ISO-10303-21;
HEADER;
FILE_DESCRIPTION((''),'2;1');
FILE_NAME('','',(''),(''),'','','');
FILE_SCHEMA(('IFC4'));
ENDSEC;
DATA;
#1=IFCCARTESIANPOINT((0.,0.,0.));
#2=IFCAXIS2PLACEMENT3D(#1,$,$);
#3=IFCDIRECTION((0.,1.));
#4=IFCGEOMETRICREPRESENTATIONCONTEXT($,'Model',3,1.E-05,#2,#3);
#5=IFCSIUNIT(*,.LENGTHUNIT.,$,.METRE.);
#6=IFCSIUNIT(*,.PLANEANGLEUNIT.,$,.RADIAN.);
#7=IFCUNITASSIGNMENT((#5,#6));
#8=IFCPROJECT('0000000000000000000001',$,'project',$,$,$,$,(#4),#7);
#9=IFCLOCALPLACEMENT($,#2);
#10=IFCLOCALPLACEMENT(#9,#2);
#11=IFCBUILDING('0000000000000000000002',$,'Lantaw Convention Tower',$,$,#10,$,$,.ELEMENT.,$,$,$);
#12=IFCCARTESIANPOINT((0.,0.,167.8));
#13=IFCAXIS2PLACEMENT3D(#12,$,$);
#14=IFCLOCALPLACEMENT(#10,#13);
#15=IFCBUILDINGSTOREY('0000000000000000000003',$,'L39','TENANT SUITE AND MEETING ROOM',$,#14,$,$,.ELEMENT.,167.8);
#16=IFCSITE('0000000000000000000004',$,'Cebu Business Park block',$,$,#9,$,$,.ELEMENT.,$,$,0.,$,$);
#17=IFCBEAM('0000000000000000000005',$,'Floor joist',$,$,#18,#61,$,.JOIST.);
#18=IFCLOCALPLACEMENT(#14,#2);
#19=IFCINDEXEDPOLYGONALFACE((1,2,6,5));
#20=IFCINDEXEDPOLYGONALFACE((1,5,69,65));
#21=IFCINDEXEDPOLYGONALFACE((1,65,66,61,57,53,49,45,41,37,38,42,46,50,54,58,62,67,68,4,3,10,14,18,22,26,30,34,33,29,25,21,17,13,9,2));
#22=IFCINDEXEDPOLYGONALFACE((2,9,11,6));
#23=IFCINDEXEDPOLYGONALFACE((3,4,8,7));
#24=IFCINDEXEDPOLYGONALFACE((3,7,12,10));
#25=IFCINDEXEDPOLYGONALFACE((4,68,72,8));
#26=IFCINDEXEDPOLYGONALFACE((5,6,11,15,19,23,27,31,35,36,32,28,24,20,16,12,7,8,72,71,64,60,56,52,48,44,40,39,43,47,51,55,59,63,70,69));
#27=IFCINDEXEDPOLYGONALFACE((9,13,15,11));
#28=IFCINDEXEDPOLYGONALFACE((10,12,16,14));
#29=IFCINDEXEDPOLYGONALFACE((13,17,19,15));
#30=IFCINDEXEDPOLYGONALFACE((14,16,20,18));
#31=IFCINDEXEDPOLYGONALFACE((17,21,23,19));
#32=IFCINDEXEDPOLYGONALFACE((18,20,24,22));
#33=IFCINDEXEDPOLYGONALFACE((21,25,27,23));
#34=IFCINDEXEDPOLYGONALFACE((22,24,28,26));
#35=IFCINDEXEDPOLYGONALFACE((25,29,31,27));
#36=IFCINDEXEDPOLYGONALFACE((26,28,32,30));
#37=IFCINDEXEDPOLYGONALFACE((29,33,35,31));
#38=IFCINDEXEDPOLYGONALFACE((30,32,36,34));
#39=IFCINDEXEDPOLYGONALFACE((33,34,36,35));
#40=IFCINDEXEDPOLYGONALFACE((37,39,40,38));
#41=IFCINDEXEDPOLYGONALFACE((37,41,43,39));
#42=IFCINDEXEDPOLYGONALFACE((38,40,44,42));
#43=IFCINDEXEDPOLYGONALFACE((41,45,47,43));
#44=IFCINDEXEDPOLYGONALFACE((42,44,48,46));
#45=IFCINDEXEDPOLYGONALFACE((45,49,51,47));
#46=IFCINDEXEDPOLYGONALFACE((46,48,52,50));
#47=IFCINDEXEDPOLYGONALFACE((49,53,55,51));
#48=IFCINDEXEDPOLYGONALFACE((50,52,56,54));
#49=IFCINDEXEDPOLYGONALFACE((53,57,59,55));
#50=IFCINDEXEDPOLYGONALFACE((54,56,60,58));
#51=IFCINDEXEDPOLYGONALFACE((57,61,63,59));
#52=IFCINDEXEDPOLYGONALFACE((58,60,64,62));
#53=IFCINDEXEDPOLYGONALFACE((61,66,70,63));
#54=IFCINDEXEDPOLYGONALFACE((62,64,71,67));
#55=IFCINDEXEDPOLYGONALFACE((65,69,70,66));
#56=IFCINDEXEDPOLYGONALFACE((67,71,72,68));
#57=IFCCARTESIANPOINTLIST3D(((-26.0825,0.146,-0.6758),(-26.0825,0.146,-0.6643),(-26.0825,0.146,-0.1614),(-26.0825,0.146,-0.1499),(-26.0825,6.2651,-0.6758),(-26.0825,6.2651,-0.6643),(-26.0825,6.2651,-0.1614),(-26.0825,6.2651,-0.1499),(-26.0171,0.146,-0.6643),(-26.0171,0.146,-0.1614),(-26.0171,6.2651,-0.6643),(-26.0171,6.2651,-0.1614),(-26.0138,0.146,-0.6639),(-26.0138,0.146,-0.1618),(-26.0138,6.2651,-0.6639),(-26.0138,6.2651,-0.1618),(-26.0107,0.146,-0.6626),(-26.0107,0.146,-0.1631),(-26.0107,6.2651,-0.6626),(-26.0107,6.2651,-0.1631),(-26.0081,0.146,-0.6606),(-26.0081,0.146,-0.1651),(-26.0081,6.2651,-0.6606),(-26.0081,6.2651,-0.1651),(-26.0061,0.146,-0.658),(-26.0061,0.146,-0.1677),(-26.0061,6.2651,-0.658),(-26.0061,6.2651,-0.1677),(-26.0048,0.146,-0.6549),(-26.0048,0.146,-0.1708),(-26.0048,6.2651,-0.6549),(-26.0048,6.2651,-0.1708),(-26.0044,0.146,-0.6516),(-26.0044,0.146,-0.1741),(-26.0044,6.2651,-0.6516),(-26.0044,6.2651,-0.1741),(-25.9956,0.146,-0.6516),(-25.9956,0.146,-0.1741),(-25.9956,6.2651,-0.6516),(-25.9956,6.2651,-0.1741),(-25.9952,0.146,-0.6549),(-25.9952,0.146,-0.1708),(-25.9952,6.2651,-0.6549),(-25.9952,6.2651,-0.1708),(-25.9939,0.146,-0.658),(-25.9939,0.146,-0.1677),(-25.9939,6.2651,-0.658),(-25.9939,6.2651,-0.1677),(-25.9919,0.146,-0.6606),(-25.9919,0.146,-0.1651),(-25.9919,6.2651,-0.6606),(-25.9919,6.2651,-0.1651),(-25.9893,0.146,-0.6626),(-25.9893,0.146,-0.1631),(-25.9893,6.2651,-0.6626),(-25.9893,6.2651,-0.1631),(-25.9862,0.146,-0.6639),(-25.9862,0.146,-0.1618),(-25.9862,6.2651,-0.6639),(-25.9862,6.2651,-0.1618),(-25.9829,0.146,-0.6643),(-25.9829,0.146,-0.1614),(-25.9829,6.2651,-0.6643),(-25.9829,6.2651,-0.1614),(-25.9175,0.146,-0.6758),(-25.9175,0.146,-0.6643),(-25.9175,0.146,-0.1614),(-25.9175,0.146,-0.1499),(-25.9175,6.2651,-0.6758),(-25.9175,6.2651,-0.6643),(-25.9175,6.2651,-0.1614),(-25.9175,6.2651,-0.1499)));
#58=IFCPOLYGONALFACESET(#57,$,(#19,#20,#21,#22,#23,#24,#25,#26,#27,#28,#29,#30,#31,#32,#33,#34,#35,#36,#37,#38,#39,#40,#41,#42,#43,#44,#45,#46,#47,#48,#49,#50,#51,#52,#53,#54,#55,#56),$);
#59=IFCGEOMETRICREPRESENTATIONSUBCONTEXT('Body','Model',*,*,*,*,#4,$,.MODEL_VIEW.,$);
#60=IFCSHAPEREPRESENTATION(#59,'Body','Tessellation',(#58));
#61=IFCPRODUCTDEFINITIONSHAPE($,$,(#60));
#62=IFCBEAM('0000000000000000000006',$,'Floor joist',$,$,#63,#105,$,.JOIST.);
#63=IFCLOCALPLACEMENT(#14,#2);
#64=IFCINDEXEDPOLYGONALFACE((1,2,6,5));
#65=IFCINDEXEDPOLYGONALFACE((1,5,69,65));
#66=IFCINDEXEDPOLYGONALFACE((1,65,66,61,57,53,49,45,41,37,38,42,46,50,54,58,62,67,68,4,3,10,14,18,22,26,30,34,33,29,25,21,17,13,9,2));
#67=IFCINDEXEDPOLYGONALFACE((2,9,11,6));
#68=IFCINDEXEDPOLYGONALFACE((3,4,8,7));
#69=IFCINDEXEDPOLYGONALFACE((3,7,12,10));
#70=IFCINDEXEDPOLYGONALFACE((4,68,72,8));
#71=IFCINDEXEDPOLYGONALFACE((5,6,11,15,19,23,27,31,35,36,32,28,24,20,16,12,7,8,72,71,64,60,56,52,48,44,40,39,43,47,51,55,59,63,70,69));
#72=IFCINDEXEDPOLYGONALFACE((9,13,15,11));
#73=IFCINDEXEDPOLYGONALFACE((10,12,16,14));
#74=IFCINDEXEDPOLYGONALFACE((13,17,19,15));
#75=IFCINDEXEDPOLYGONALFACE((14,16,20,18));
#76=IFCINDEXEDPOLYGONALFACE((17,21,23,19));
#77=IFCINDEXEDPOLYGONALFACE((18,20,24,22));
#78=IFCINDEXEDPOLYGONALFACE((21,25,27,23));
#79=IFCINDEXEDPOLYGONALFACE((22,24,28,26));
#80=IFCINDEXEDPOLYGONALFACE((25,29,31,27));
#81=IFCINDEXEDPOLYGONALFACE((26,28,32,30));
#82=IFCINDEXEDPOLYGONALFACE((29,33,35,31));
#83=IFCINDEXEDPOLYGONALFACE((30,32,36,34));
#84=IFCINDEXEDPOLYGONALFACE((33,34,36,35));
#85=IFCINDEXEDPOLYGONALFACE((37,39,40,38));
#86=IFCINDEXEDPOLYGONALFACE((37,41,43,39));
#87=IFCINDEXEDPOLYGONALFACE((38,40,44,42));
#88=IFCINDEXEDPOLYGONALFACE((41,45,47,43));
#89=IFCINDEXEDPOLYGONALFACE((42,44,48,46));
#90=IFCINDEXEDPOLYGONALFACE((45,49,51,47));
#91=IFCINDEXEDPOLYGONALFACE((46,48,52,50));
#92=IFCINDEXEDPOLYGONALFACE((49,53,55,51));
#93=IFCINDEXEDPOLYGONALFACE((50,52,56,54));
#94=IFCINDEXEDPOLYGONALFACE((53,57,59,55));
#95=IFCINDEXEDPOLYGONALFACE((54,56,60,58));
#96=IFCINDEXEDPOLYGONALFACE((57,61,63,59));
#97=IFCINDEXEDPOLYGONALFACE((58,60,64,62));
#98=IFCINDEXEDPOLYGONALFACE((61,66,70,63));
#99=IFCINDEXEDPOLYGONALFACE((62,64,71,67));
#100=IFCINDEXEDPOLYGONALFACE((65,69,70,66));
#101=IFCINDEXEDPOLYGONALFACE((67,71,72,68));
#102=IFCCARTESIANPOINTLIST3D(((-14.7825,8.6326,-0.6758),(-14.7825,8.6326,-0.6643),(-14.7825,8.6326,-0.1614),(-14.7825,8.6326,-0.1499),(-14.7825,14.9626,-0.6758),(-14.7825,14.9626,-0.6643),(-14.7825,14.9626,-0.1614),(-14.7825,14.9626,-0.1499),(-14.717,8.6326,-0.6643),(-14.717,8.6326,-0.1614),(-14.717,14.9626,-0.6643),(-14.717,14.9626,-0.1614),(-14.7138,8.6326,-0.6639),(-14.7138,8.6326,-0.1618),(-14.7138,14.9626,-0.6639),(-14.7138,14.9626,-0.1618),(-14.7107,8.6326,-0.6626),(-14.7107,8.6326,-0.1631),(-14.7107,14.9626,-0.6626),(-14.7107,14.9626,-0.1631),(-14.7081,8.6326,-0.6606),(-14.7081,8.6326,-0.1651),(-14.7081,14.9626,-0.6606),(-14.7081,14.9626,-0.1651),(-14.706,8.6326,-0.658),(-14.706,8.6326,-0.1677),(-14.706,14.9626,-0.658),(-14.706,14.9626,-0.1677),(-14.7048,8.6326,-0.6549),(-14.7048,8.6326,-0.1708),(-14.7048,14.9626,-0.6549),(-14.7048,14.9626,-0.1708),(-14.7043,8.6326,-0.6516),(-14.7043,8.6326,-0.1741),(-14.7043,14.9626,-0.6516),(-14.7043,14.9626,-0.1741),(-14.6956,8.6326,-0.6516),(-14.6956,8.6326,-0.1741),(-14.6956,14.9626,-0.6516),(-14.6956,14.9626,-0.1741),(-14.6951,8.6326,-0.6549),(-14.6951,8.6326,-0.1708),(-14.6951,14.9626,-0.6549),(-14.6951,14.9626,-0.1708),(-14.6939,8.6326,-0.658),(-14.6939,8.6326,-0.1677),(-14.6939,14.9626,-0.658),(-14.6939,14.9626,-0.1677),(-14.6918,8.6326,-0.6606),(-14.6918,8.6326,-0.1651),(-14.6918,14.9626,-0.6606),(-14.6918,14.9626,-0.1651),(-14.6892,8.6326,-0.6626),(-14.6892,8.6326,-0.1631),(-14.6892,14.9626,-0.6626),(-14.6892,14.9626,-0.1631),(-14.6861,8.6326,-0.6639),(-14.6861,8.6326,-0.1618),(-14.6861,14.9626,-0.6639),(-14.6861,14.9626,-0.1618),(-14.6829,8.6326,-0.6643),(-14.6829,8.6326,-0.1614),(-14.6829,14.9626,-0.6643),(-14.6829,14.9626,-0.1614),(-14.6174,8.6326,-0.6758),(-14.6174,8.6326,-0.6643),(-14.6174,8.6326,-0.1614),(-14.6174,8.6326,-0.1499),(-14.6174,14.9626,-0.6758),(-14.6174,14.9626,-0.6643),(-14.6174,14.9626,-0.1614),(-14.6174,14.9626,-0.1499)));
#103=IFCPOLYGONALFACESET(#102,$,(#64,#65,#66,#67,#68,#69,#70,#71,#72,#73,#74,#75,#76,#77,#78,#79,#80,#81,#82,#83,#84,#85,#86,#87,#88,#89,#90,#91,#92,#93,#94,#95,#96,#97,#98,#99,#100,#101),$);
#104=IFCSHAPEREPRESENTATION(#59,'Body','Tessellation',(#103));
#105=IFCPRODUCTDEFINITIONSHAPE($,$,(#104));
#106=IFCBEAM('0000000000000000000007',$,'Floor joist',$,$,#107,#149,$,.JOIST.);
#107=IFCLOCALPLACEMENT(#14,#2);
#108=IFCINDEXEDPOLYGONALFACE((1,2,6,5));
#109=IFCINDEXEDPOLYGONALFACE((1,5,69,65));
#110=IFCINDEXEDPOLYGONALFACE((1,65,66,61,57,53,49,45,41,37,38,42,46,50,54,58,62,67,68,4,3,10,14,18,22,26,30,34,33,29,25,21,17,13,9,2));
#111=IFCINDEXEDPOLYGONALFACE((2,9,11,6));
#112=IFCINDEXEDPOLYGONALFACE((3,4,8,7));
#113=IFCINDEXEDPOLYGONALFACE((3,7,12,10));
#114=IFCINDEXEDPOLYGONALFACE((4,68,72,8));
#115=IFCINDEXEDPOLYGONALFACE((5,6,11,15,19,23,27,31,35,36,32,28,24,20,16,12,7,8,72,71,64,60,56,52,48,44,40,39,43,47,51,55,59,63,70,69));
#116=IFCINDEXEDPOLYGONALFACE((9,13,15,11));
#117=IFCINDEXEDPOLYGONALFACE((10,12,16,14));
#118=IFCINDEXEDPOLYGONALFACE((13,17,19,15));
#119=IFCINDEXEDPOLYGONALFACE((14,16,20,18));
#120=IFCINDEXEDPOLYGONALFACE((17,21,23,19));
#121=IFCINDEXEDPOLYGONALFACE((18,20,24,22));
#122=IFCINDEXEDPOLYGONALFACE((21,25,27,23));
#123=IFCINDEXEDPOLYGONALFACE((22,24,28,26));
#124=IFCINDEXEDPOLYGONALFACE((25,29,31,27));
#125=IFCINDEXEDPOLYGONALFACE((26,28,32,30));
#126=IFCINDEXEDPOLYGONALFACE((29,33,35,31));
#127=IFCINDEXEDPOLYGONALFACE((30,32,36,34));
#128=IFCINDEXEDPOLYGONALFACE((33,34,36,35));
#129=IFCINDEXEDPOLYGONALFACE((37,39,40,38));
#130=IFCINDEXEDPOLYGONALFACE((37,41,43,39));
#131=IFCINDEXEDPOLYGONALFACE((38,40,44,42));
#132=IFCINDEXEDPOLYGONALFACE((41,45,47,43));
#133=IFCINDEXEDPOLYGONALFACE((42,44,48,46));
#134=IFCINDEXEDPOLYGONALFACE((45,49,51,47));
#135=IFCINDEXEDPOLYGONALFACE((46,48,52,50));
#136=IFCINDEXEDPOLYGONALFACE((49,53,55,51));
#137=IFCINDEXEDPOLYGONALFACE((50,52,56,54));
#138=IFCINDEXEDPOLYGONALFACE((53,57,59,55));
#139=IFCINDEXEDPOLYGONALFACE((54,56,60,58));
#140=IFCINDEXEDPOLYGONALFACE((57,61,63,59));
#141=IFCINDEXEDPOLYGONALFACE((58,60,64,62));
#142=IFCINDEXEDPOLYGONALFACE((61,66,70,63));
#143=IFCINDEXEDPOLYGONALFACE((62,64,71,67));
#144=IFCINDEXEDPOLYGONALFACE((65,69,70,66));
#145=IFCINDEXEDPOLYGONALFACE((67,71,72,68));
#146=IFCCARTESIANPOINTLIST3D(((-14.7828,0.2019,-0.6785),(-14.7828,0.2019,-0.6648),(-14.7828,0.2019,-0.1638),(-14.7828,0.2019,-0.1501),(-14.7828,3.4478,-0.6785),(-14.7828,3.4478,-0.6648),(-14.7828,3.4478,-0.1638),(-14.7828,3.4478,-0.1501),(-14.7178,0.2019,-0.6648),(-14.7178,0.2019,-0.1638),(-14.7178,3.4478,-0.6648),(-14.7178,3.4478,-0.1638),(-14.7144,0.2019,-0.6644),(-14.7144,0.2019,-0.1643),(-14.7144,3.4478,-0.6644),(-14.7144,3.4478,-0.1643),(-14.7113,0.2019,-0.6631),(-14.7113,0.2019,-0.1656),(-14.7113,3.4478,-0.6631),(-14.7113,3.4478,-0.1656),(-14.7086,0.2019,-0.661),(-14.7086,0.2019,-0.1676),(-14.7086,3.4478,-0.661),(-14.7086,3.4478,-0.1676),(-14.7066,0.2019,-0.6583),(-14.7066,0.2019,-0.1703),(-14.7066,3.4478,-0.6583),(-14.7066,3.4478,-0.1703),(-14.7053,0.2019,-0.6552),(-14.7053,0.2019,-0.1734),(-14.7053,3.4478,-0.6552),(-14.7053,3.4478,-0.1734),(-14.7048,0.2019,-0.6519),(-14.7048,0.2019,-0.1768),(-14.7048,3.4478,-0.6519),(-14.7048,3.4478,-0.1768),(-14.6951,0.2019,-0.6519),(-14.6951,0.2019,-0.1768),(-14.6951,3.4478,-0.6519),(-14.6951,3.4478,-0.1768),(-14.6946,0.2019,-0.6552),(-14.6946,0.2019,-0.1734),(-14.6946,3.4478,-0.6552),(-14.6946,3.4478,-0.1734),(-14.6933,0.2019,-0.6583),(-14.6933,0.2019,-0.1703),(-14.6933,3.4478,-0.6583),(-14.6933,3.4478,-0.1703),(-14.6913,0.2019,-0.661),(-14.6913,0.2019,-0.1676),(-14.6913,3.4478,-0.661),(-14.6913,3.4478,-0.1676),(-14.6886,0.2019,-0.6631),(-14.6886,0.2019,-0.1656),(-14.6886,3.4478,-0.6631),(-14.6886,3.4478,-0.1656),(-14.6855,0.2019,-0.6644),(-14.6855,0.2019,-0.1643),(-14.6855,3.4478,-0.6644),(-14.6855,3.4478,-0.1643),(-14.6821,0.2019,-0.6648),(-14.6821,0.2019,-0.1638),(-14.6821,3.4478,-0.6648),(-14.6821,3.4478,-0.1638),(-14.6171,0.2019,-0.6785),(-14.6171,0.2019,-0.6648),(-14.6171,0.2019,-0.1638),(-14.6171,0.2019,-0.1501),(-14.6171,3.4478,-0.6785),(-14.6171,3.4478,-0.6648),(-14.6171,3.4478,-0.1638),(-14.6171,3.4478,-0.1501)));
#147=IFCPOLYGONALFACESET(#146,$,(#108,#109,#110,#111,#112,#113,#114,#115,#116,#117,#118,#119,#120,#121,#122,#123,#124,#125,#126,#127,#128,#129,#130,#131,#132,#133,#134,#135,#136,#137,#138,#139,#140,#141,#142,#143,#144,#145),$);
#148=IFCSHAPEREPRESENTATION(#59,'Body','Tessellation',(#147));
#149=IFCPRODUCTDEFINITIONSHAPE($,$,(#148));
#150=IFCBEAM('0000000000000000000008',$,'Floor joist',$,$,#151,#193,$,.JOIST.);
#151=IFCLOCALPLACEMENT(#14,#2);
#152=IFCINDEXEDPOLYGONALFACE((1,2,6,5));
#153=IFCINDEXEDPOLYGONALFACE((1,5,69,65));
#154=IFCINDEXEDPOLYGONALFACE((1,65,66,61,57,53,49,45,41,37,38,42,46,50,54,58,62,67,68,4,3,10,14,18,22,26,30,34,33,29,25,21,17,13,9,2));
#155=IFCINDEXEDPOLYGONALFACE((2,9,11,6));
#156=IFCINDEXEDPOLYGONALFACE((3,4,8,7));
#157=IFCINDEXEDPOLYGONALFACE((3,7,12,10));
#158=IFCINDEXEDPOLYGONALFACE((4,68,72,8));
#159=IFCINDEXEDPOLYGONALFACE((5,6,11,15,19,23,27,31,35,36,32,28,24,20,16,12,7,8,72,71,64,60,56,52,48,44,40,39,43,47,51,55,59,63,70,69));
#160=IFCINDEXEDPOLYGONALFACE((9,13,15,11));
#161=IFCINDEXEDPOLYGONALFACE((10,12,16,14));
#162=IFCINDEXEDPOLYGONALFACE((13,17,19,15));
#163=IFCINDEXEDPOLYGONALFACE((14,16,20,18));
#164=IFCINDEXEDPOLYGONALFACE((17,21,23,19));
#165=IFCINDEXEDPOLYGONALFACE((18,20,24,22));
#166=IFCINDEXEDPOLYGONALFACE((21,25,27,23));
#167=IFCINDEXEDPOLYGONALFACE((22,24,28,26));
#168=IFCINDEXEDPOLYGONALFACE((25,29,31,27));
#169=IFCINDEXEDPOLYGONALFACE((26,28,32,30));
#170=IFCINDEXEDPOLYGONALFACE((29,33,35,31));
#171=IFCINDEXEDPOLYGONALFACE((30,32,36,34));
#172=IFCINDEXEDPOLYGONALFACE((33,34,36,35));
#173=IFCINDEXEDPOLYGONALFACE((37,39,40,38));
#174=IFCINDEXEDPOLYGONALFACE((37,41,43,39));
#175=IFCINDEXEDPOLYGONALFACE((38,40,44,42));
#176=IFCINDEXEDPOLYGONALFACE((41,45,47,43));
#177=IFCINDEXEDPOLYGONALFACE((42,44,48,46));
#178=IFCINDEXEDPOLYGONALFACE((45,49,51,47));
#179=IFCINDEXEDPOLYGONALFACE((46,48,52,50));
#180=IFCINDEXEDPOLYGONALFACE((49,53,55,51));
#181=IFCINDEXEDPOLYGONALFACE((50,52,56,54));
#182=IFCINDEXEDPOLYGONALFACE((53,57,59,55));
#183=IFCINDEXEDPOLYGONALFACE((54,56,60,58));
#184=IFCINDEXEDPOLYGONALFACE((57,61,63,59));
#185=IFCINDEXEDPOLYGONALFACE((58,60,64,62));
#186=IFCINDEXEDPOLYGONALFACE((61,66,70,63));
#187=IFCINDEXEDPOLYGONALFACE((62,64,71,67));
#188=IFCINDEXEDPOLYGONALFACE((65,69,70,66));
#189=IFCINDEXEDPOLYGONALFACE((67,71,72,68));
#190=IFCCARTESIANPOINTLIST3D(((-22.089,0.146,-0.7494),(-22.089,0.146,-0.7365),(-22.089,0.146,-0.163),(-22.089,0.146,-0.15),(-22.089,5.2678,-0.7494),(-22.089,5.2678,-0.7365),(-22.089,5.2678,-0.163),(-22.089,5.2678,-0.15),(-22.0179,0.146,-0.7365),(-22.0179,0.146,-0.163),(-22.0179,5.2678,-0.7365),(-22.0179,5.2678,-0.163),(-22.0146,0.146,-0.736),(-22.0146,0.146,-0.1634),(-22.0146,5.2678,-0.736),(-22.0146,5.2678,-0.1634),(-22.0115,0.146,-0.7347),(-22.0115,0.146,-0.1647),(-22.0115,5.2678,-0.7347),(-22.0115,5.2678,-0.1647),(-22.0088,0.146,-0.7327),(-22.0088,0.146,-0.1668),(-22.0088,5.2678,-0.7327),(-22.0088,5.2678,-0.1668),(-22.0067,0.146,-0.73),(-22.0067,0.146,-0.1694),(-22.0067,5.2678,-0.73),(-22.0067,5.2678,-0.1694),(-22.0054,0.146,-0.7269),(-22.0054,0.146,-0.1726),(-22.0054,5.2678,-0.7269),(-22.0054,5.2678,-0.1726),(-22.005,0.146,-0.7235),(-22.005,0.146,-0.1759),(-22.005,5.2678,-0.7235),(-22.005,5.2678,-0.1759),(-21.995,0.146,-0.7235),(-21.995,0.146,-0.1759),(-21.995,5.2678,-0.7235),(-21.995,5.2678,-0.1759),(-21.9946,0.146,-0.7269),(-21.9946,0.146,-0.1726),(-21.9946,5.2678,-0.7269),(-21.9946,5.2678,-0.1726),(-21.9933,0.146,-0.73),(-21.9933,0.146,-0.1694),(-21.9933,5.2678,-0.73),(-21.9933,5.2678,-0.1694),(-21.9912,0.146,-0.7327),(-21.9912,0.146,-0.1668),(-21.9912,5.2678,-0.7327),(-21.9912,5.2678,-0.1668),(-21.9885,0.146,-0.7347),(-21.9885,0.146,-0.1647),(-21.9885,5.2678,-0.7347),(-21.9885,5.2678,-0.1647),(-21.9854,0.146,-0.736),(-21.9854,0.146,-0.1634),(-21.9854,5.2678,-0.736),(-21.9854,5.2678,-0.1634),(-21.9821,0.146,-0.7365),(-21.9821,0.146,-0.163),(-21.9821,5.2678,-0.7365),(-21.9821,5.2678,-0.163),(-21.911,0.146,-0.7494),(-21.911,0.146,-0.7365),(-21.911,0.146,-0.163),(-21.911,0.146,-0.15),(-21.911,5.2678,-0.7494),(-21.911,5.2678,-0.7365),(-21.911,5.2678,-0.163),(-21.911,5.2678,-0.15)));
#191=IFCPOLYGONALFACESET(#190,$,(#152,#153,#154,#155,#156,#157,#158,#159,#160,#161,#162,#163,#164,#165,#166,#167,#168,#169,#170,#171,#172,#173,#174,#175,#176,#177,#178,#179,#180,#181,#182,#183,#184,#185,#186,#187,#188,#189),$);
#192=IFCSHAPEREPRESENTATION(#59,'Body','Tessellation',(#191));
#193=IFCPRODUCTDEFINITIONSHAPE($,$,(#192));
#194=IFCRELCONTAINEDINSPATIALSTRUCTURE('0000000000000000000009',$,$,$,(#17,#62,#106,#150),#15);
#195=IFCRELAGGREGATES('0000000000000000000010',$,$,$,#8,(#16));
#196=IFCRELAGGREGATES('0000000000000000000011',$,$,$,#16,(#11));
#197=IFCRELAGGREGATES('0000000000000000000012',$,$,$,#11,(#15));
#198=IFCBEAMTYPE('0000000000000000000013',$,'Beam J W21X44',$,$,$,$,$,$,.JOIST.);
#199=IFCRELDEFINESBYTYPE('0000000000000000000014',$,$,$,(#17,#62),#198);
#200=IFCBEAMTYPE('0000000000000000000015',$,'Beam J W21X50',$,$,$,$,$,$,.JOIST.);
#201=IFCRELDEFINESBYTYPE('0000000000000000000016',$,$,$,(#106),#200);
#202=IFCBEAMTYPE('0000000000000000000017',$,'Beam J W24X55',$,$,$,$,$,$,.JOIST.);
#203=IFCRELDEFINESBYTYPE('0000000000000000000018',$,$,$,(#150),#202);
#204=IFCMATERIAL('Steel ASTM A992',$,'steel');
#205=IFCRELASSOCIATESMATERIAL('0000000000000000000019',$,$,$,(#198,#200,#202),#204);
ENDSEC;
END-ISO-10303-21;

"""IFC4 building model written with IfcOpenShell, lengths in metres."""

from ifc_helpers import new_model, si_unit, direction, frame, origin, origin_2d, place, context, subcontext, project, spatial, i_section, extrude, material, material_profile, profile_set, type_object, element, save


model = new_model("IFC4")

# Units and contexts
model_context = context("Model", 3, precision=1e-05, world=origin(), true_north=direction((0.0, 1.0)))
body_context = subcontext(model_context, "Body", "Model", "MODEL_VIEW")
ifc_project = project(units=[si_unit("LENGTHUNIT", "METRE"), si_unit("PLANEANGLEUNIT", "RADIAN")], contexts=[model_context])

# Site, building, storey
site_placement = place(None, origin())
site = spatial("IfcSite", under=ifc_project, at=site_placement, Name="Cebu Business Park block", CompositionType="ELEMENT", RefElevation=0.0)
building_placement = place(site_placement, origin())
building = spatial("IfcBuilding", under=site, at=building_placement, Name="Lantaw Convention Tower", CompositionType="ELEMENT")
storey_placement = place(building_placement, frame((0.0, 0.0, 167.8)))
storey = spatial("IfcBuildingStorey", under=building, at=storey_placement, Name="L39", Description="TENANT SUITE AND MEETING ROOM", CompositionType="ELEMENT", Elevation=167.8)

# Beams
ifc_material_1 = material(Name="Steel ASTM A992", Category="steel")
ifc_material_profile_1 = material_profile(ifc_material_1, i_section(OverallWidth=0.165, OverallDepth=0.5259, WebThickness=0.0088, FlangeThickness=0.0115, FilletRadius=0.0127, at=origin_2d()), Name="W21X44")
ifc_profile_set_1 = profile_set([ifc_material_profile_1], Name="Steel ASTM A992")
beam_type_1 = type_object("IfcBeamType", Name="Beam J W21X44", PredefinedType="JOIST", material=ifc_profile_set_1)
beam_1_placement = place(storey_placement, frame((-26.0, 0.146, -0.4128), z_axis=(0.0, 1.0, 0.0), x_axis=(-1.0, 0.0, 0.0)))
element("IfcBeam", 1, at=beam_1_placement, inside=storey, type_object=beam_type_1, Name="Floor joist", PredefinedType="JOIST", context=body_context, shape_type="SweptSolid", body=[
    extrude(i_section(OverallWidth=0.165, OverallDepth=0.5259, WebThickness=0.0088, FlangeThickness=0.0115, FilletRadius=0.0127, at=origin_2d()), origin(), (0.0, 0.0, 1.0), 6.1191),
])
beam_2_placement = place(storey_placement, frame((-14.7, 8.6326, -0.4128), z_axis=(0.0, 1.0, 0.0), x_axis=(-1.0, 0.0, 0.0)))
element("IfcBeam", 2, at=beam_2_placement, inside=storey, type_object=beam_type_1, Name="Floor joist", PredefinedType="JOIST", context=body_context, shape_type="SweptSolid", body=[
    extrude(i_section(OverallWidth=0.165, OverallDepth=0.5259, WebThickness=0.0088, FlangeThickness=0.0115, FilletRadius=0.0127, at=origin_2d()), origin(), (0.0, 0.0, 1.0), 6.3301),
])
ifc_material_profile_2 = material_profile(ifc_material_1, i_section(OverallWidth=0.1658, OverallDepth=0.5283, WebThickness=0.0098, FlangeThickness=0.0137, FilletRadius=0.0129, at=origin_2d()), Name="W21X50")
ifc_profile_set_2 = profile_set([ifc_material_profile_2], Name="Steel ASTM A992")
beam_type_2 = type_object("IfcBeamType", Name="Beam J W21X50", PredefinedType="JOIST", material=ifc_profile_set_2)
beam_3_placement = place(storey_placement, frame((-14.7, 0.2019, -0.4143), z_axis=(0.0, 1.0, 0.0), x_axis=(-1.0, 0.0, 0.0)))
element("IfcBeam", 3, at=beam_3_placement, inside=storey, type_object=beam_type_2, Name="Floor joist", PredefinedType="JOIST", context=body_context, shape_type="SweptSolid", body=[
    extrude(i_section(OverallWidth=0.1658, OverallDepth=0.5283, WebThickness=0.0098, FlangeThickness=0.0137, FilletRadius=0.0129, at=origin_2d()), origin(), (0.0, 0.0, 1.0), 3.2458),
])
ifc_material_profile_3 = material_profile(ifc_material_1, i_section(OverallWidth=0.178, OverallDepth=0.5994, WebThickness=0.01, FlangeThickness=0.0129, FilletRadius=0.0129, at=origin_2d()), Name="W24X55")
ifc_profile_set_3 = profile_set([ifc_material_profile_3], Name="Steel ASTM A992")
beam_type_3 = type_object("IfcBeamType", Name="Beam J W24X55", PredefinedType="JOIST", material=ifc_profile_set_3)
beam_4_placement = place(storey_placement, frame((-22.0, 0.146, -0.4497), z_axis=(0.0, 1.0, 0.0), x_axis=(-1.0, 0.0, 0.0)))
element("IfcBeam", 4, at=beam_4_placement, inside=storey, type_object=beam_type_3, Name="Floor joist", PredefinedType="JOIST", context=body_context, shape_type="SweptSolid", body=[
    extrude(i_section(OverallWidth=0.178, OverallDepth=0.5994, WebThickness=0.01, FlangeThickness=0.0129, FilletRadius=0.0129, at=origin_2d()), origin(), (0.0, 0.0, 1.0), 5.1218),
])

save(model, "model.ifc")
